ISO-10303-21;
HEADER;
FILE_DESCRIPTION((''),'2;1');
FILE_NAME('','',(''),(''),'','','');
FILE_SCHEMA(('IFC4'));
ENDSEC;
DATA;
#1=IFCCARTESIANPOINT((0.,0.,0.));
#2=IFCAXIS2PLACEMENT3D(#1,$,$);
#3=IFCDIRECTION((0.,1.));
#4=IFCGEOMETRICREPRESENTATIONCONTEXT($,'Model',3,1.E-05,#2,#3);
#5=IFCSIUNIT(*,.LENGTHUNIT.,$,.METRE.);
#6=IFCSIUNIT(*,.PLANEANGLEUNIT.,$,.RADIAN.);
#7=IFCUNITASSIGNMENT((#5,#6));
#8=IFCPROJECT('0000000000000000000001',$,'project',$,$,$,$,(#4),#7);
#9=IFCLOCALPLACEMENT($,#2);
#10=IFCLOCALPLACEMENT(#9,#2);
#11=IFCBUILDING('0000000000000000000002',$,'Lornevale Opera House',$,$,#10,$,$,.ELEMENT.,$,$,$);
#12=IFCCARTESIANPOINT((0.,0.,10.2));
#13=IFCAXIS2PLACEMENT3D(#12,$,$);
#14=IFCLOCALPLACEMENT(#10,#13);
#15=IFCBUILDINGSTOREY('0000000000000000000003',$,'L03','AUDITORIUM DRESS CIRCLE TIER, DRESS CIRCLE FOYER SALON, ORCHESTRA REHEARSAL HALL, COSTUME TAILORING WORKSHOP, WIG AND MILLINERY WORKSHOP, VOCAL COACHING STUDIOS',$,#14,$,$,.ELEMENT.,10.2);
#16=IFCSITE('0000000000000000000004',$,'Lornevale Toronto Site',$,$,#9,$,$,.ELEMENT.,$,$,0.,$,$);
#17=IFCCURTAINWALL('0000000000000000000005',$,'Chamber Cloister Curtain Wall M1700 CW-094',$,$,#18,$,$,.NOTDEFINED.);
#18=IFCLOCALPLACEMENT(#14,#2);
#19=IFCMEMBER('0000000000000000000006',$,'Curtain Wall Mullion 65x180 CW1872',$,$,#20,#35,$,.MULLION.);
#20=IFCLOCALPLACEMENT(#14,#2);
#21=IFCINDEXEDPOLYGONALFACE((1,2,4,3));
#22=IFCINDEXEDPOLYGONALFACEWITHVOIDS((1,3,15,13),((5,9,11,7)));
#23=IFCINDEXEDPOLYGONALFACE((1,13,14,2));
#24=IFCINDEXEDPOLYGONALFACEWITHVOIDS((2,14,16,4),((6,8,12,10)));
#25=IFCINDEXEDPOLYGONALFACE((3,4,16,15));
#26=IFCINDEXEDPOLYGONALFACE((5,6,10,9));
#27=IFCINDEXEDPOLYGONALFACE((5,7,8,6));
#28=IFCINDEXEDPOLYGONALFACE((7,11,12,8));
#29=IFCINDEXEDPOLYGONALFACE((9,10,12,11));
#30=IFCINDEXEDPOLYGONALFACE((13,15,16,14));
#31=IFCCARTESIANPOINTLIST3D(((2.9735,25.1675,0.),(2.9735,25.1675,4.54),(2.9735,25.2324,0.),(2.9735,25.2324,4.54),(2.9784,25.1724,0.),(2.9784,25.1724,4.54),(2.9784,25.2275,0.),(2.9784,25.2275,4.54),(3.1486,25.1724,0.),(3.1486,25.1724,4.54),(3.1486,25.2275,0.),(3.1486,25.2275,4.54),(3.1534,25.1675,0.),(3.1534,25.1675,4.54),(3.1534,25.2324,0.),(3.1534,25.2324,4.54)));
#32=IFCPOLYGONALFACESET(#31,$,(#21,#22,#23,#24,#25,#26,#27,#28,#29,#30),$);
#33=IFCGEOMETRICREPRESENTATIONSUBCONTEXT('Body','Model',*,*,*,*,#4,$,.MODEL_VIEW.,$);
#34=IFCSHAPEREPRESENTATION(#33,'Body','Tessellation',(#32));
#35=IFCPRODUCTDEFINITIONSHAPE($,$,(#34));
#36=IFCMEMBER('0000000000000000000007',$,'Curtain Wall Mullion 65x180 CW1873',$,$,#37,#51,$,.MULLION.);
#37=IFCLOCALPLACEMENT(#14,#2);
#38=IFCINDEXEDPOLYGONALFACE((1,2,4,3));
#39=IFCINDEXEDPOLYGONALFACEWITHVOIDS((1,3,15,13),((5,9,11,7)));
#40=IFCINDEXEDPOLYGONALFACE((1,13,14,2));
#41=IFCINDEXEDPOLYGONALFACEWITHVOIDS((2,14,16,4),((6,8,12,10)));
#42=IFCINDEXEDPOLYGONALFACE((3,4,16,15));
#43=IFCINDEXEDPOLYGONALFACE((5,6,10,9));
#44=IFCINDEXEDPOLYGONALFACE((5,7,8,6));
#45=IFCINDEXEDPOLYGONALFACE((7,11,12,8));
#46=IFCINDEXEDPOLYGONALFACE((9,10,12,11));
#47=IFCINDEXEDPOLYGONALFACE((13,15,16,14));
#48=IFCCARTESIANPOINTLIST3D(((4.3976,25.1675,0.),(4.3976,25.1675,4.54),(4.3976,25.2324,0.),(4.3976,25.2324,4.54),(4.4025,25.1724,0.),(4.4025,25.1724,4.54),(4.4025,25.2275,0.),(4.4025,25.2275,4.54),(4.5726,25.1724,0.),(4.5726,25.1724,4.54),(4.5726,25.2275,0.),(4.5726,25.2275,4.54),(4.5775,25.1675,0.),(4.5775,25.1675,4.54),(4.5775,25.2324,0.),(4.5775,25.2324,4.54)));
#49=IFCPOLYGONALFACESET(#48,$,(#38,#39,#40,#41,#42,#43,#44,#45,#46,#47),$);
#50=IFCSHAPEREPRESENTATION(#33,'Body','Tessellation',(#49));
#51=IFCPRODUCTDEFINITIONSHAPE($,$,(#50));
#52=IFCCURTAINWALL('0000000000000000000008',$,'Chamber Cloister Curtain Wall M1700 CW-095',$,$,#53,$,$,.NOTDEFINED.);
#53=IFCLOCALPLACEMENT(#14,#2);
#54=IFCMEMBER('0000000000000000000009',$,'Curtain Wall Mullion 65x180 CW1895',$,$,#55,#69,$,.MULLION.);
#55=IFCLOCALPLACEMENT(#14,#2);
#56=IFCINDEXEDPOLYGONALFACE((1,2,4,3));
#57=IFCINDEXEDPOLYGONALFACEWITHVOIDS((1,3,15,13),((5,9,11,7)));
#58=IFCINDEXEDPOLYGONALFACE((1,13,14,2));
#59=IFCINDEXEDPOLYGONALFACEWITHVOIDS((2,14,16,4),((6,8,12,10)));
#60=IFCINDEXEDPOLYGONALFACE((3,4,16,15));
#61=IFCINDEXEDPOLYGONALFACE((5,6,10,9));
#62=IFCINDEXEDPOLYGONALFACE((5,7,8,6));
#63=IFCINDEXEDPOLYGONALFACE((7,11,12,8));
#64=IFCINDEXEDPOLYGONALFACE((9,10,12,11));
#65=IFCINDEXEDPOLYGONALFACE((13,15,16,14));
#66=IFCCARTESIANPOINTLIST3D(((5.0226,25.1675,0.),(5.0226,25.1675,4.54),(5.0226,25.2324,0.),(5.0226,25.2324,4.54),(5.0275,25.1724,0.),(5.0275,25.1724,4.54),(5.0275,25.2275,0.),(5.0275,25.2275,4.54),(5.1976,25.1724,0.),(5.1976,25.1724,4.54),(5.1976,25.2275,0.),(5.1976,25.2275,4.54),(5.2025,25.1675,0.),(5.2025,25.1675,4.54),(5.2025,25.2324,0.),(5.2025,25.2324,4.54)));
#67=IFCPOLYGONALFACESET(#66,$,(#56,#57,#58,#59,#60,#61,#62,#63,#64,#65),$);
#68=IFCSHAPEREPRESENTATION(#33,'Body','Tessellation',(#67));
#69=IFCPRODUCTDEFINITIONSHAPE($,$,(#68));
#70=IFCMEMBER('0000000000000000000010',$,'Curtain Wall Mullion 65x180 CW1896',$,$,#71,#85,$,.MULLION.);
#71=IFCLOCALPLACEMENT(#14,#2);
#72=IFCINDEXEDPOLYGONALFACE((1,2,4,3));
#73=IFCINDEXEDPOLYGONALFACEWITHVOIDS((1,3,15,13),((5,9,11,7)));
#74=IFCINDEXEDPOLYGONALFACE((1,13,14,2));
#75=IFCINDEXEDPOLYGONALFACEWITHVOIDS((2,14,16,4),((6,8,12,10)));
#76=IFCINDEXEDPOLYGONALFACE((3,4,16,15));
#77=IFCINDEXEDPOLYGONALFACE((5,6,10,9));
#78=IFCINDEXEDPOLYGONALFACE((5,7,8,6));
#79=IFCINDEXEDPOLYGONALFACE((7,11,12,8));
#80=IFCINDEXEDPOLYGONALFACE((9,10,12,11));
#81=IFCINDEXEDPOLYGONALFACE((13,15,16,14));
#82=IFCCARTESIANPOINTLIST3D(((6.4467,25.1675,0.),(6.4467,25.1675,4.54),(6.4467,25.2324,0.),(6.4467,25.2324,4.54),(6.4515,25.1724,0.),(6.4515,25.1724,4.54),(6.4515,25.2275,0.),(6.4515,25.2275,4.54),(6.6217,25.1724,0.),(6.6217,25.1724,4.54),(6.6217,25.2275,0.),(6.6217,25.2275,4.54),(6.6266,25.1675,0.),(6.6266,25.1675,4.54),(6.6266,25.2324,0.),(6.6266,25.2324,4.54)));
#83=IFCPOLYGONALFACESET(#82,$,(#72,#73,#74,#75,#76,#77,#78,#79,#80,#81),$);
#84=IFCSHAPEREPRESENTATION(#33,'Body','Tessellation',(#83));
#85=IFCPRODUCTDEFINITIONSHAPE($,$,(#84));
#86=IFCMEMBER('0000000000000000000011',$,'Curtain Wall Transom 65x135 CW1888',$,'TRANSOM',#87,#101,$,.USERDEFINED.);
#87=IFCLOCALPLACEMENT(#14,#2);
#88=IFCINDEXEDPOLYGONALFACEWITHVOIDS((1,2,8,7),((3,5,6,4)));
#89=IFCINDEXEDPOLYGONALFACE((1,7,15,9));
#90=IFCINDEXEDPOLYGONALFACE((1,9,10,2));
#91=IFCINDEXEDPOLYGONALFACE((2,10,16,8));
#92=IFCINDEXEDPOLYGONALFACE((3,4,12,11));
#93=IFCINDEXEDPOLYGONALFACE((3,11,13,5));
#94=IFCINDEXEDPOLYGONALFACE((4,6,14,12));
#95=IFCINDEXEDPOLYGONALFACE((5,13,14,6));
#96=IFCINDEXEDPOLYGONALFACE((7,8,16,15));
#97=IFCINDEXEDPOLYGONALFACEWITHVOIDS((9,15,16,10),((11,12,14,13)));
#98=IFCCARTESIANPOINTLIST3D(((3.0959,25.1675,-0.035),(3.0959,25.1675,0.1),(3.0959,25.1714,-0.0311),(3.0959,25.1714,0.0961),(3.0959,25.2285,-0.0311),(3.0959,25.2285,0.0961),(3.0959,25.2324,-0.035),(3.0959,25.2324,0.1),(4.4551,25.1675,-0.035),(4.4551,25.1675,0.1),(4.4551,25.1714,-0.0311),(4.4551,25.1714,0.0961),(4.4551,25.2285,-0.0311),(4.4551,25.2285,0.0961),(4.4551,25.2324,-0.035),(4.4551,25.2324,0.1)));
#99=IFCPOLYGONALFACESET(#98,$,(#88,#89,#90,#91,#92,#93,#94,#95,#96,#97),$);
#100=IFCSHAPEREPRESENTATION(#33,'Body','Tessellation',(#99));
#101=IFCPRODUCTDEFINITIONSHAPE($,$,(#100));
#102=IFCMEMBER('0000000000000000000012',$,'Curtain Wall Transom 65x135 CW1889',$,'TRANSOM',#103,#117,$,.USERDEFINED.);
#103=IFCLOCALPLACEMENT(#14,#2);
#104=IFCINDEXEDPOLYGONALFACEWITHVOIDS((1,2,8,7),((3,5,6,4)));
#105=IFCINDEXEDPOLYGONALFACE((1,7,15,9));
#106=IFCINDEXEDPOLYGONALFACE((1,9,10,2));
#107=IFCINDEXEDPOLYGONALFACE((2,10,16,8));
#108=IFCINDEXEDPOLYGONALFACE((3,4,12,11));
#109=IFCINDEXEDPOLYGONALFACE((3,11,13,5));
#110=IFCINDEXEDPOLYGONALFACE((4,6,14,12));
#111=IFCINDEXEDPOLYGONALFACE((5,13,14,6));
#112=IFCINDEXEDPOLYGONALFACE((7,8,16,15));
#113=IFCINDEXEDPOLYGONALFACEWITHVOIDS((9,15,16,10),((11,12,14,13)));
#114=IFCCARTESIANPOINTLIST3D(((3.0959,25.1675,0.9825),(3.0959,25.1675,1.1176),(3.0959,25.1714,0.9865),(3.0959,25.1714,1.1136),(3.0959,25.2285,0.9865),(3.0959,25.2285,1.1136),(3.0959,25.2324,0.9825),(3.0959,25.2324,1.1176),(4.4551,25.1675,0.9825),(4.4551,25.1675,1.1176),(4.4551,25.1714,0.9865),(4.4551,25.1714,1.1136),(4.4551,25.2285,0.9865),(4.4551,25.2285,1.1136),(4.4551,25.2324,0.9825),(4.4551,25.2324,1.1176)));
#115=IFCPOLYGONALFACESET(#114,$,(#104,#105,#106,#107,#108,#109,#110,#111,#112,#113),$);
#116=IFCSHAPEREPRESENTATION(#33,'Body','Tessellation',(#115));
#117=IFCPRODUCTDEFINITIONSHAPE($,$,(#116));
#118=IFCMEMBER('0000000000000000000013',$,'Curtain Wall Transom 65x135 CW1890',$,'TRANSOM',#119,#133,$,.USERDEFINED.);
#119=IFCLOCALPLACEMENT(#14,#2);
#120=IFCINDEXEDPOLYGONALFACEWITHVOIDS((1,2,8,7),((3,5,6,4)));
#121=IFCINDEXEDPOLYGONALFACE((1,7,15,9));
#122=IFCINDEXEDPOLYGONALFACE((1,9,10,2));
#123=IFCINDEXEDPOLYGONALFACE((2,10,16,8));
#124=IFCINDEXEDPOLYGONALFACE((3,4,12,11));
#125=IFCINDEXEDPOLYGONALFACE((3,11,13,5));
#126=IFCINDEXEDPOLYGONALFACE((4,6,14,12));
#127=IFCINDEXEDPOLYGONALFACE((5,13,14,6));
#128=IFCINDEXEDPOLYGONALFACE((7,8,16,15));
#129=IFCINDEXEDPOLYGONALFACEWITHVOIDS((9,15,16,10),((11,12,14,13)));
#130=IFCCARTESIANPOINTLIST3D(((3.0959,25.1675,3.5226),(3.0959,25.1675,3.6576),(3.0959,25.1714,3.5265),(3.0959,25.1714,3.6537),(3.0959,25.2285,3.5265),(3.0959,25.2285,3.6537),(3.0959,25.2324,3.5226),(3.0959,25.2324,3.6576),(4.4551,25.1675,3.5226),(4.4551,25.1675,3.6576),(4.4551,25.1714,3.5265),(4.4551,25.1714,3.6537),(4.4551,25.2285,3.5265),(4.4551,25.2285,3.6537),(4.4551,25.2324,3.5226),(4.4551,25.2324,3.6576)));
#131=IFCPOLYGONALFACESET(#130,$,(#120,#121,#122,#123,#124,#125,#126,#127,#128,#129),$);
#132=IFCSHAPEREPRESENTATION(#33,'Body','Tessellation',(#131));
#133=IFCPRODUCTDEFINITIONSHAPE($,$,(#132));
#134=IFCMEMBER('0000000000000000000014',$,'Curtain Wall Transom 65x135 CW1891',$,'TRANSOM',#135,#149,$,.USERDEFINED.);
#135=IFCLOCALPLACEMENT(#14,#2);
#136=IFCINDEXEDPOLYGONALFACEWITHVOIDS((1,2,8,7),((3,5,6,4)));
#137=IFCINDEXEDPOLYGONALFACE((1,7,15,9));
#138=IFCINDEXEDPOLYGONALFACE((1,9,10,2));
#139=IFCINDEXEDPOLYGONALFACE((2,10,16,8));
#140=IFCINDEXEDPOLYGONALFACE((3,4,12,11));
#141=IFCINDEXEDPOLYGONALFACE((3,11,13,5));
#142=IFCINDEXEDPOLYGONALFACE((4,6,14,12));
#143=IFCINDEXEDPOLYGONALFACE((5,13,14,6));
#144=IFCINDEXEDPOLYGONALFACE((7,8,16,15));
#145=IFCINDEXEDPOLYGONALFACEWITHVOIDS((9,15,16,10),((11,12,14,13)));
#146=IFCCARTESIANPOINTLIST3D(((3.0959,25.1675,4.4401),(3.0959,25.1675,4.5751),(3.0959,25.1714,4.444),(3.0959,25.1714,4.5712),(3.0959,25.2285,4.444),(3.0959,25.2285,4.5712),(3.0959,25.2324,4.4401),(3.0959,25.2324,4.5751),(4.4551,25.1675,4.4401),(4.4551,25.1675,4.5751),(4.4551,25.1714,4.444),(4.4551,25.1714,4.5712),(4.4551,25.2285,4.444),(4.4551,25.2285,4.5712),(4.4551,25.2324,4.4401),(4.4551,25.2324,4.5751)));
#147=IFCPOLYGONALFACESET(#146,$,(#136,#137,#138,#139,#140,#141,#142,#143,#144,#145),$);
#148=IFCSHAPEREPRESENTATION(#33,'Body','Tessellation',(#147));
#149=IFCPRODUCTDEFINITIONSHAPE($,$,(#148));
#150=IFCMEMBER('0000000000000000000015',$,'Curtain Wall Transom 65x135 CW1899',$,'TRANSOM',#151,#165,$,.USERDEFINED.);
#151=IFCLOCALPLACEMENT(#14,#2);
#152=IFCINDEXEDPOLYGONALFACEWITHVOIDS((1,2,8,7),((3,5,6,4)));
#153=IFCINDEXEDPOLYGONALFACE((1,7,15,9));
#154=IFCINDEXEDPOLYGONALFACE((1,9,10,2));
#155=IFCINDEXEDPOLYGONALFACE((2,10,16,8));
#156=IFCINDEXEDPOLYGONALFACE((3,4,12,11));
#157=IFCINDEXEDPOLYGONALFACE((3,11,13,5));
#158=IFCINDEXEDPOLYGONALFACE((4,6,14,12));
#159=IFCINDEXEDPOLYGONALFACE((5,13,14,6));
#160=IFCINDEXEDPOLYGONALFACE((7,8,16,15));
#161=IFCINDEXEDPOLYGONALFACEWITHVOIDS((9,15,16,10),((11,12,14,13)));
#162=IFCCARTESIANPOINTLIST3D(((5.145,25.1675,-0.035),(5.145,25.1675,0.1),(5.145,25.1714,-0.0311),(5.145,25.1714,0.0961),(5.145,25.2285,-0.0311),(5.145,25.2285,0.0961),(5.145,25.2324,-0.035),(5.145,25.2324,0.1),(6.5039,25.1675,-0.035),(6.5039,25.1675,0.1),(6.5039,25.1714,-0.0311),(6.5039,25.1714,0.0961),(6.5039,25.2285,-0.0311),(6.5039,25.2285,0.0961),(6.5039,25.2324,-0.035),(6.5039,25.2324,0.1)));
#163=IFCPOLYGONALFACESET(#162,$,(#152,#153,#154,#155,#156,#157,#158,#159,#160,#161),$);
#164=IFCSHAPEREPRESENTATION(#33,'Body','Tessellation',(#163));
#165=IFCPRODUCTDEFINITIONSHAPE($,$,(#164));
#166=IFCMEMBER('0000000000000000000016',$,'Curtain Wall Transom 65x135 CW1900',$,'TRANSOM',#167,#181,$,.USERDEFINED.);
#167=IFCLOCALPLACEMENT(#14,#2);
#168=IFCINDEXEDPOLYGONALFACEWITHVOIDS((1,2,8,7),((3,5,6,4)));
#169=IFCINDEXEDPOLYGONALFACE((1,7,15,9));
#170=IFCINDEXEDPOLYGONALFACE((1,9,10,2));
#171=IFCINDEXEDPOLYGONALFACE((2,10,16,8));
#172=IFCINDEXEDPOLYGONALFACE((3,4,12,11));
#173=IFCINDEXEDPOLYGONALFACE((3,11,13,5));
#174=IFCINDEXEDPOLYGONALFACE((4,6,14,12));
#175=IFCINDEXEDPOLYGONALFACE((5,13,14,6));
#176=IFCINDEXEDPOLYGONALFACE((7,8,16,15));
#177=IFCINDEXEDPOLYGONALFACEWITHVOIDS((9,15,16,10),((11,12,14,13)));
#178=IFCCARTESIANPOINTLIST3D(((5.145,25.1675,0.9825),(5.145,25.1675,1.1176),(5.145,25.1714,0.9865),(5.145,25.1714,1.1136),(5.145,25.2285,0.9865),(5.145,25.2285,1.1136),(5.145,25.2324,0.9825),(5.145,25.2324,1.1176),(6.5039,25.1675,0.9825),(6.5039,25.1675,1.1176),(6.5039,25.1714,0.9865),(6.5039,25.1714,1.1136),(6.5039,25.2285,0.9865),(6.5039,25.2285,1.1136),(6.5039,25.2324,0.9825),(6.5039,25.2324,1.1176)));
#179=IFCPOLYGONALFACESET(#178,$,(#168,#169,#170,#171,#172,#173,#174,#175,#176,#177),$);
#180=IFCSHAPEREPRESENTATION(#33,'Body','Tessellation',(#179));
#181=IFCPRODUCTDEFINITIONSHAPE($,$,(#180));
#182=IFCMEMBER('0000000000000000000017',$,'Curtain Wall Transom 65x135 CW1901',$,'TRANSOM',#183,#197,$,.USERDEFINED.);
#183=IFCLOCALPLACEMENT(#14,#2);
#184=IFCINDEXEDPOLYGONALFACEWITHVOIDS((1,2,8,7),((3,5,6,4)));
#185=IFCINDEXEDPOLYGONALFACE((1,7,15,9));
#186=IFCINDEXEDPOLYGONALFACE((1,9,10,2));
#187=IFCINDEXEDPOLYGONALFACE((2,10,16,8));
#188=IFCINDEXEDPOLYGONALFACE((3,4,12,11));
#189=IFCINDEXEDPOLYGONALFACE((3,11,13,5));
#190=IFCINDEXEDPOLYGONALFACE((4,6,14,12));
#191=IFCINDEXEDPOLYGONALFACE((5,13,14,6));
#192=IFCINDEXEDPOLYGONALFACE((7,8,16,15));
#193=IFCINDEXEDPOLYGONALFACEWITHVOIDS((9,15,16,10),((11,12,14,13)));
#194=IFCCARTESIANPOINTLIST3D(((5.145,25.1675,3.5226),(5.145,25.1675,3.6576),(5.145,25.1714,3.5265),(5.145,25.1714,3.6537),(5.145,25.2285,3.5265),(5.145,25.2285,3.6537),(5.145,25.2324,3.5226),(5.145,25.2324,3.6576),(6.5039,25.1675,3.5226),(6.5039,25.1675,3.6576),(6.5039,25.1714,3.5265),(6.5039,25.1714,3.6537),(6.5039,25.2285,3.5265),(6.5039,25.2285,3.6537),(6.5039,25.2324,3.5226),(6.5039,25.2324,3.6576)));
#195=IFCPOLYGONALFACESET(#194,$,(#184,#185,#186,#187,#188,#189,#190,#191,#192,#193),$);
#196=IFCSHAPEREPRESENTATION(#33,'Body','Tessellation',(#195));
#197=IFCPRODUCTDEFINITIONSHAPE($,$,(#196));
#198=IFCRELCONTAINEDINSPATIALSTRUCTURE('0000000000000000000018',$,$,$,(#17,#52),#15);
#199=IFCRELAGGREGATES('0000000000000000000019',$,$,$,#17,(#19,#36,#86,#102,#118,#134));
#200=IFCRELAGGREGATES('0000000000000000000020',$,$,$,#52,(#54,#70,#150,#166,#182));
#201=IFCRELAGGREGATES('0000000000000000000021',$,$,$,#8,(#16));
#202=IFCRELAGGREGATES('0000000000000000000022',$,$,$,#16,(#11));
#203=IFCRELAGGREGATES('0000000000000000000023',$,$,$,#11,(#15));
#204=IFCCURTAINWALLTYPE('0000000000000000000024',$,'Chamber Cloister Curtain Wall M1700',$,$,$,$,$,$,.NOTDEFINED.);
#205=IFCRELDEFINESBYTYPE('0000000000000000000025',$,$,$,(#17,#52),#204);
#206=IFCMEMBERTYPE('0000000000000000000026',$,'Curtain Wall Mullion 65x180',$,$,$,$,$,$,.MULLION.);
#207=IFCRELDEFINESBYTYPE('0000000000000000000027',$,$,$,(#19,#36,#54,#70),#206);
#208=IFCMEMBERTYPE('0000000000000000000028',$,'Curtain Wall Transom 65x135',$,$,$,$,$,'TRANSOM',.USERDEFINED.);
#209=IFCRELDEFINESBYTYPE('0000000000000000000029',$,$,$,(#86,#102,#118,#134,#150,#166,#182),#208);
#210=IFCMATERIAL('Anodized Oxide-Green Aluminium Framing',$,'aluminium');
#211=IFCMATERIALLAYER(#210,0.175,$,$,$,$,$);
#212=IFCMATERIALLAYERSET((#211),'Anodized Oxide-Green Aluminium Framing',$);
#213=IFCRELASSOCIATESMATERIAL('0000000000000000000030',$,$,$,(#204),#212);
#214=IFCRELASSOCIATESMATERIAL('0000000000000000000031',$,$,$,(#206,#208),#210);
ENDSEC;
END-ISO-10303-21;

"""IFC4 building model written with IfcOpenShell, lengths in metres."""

from ifc_helpers import new_model, si_unit, direction, frame, origin, origin_2d, place, context, subcontext, project, spatial, hollow_rectangle, extrude, material, layer, layer_set, material_profile, profile_set, type_object, element, aggregate, save


model = new_model("IFC4")

# Units and contexts
model_context = context("Model", 3, precision=1e-05, world=origin(), true_north=direction((0.0, 1.0)))
body_context = subcontext(model_context, "Body", "Model", "MODEL_VIEW")
ifc_project = project(units=[si_unit("LENGTHUNIT", "METRE"), si_unit("PLANEANGLEUNIT", "RADIAN")], contexts=[model_context])

# Site, building, storey
site_placement = place(None, origin())
site = spatial("IfcSite", under=ifc_project, at=site_placement, Name="Lornevale Toronto Site", CompositionType="ELEMENT", RefElevation=0.0)
building_placement = place(site_placement, origin())
building = spatial("IfcBuilding", under=site, at=building_placement, Name="Lornevale Opera House", CompositionType="ELEMENT")
storey_placement = place(building_placement, frame((0.0, 0.0, 10.2)))
storey = spatial("IfcBuildingStorey", under=building, at=storey_placement, Name="L03", Description="AUDITORIUM DRESS CIRCLE TIER, DRESS CIRCLE FOYER SALON, ORCHESTRA REHEARSAL HALL, COSTUME TAILORING WORKSHOP, WIG AND MILLINERY WORKSHOP, VOCAL COACHING STUDIOS", CompositionType="ELEMENT", Elevation=10.2)

# Curtain walls, members
ifc_material_1 = material(Name="Anodized Oxide-Green Aluminium Framing", Category="aluminium")
ifc_layer_1 = layer(ifc_material_1, 0.175)
ifc_layer_set_1 = layer_set([ifc_layer_1], Name="Anodized Oxide-Green Aluminium Framing")
curtain_wall_type = type_object("IfcCurtainWallType", Name="Chamber Cloister Curtain Wall M1700", PredefinedType="NOTDEFINED", material=ifc_layer_set_1)
curtain_wall_1_placement = place(storey_placement, origin())
curtain_wall_1 = element("IfcCurtainWall", 1, at=curtain_wall_1_placement, inside=storey, type_object=curtain_wall_type, Name="Chamber Cloister Curtain Wall M1700 CW-094", PredefinedType="NOTDEFINED")
ifc_material_profile_1 = material_profile(ifc_material_1, hollow_rectangle(XDim=0.0649, YDim=0.1799, WallThickness=0.0049, at=origin_2d()), Name="ALU65x180x5")
ifc_profile_set_1 = profile_set([ifc_material_profile_1], Name="Anodized Oxide-Green Aluminium Framing")
member_type_1 = type_object("IfcMemberType", Name="Curtain Wall Mullion 65x180", PredefinedType="MULLION", material=ifc_profile_set_1)
member_1_placement = place(storey_placement, frame((3.0635, 25.2, 0.0), z_axis=(0.0, 0.0, 1.0), x_axis=(0.0, 1.0, 0.0)))
member_1 = element("IfcMember", 2, at=member_1_placement, type_object=member_type_1, Name="Curtain Wall Mullion 65x180 CW1872", PredefinedType="MULLION", context=body_context, shape_type="SweptSolid", body=[
    extrude(hollow_rectangle(XDim=0.0649, YDim=0.1799, WallThickness=0.0049, at=origin_2d()), origin(), (0.0, 0.0, 1.0), 4.54),
])
member_2_placement = place(storey_placement, frame((4.4875, 25.2, 0.0), z_axis=(0.0, 0.0, 1.0), x_axis=(0.0, 1.0, 0.0)))
member_2 = element("IfcMember", 3, at=member_2_placement, type_object=member_type_1, Name="Curtain Wall Mullion 65x180 CW1873", PredefinedType="MULLION", context=body_context, shape_type="SweptSolid", body=[
    extrude(hollow_rectangle(XDim=0.0649, YDim=0.1799, WallThickness=0.0049, at=origin_2d()), origin(), (0.0, 0.0, 1.0), 4.54),
])
curtain_wall_2_placement = place(storey_placement, origin())
curtain_wall_2 = element("IfcCurtainWall", 4, at=curtain_wall_2_placement, inside=storey, type_object=curtain_wall_type, Name="Chamber Cloister Curtain Wall M1700 CW-095", PredefinedType="NOTDEFINED")
member_3_placement = place(storey_placement, frame((5.1125, 25.2, 0.0), z_axis=(0.0, 0.0, 1.0), x_axis=(0.0, 1.0, 0.0)))
member_3 = element("IfcMember", 5, at=member_3_placement, type_object=member_type_1, Name="Curtain Wall Mullion 65x180 CW1895", PredefinedType="MULLION", context=body_context, shape_type="SweptSolid", body=[
    extrude(hollow_rectangle(XDim=0.0649, YDim=0.1799, WallThickness=0.0049, at=origin_2d()), origin(), (0.0, 0.0, 1.0), 4.54),
])
member_4_placement = place(storey_placement, frame((6.5366, 25.2, 0.0), z_axis=(0.0, 0.0, 1.0), x_axis=(0.0, 1.0, 0.0)))
member_4 = element("IfcMember", 6, at=member_4_placement, type_object=member_type_1, Name="Curtain Wall Mullion 65x180 CW1896", PredefinedType="MULLION", context=body_context, shape_type="SweptSolid", body=[
    extrude(hollow_rectangle(XDim=0.0649, YDim=0.1799, WallThickness=0.0049, at=origin_2d()), origin(), (0.0, 0.0, 1.0), 4.54),
])

# Members
ifc_material_profile_2 = material_profile(ifc_material_1, hollow_rectangle(XDim=0.0649, YDim=0.135, WallThickness=0.0039, at=origin_2d()), Name="ALU65x135x4")
ifc_profile_set_2 = profile_set([ifc_material_profile_2], Name="Anodized Oxide-Green Aluminium Framing")
member_type_2 = type_object("IfcMemberType", Name="Curtain Wall Transom 65x135", ElementType="TRANSOM", PredefinedType="USERDEFINED", material=ifc_profile_set_2)
member_5_placement = place(storey_placement, frame((3.0959, 25.2, 0.0325), z_axis=(1.0, 0.0, 0.0), x_axis=(0.0, 1.0, 0.0)))
member_5 = element("IfcMember", 7, at=member_5_placement, type_object=member_type_2, Name="Curtain Wall Transom 65x135 CW1888", ObjectType="TRANSOM", PredefinedType="USERDEFINED", context=body_context, shape_type="SweptSolid", body=[
    extrude(hollow_rectangle(XDim=0.0649, YDim=0.135, WallThickness=0.0039, at=origin_2d()), origin(), (0.0, 0.0, 1.0), 1.3591),
])
member_6_placement = place(storey_placement, frame((3.0959, 25.2, 1.05), z_axis=(1.0, 0.0, 0.0), x_axis=(0.0, 1.0, 0.0)))
member_6 = element("IfcMember", 8, at=member_6_placement, type_object=member_type_2, Name="Curtain Wall Transom 65x135 CW1889", ObjectType="TRANSOM", PredefinedType="USERDEFINED", context=body_context, shape_type="SweptSolid", body=[
    extrude(hollow_rectangle(XDim=0.0649, YDim=0.135, WallThickness=0.0039, at=origin_2d()), origin(), (0.0, 0.0, 1.0), 1.3591),
])
member_7_placement = place(storey_placement, frame((3.0959, 25.2, 3.5901), z_axis=(1.0, 0.0, 0.0), x_axis=(0.0, 1.0, 0.0)))
member_7 = element("IfcMember", 9, at=member_7_placement, type_object=member_type_2, Name="Curtain Wall Transom 65x135 CW1890", ObjectType="TRANSOM", PredefinedType="USERDEFINED", context=body_context, shape_type="SweptSolid", body=[
    extrude(hollow_rectangle(XDim=0.0649, YDim=0.135, WallThickness=0.0039, at=origin_2d()), origin(), (0.0, 0.0, 1.0), 1.3591),
])
member_8_placement = place(storey_placement, frame((3.0959, 25.2, 4.5076), z_axis=(1.0, 0.0, 0.0), x_axis=(0.0, 1.0, 0.0)))
member_8 = element("IfcMember", 10, at=member_8_placement, type_object=member_type_2, Name="Curtain Wall Transom 65x135 CW1891", ObjectType="TRANSOM", PredefinedType="USERDEFINED", context=body_context, shape_type="SweptSolid", body=[
    extrude(hollow_rectangle(XDim=0.0649, YDim=0.135, WallThickness=0.0039, at=origin_2d()), origin(), (0.0, 0.0, 1.0), 1.3591),
])
member_9_placement = place(storey_placement, frame((5.145, 25.2, 0.0325), z_axis=(1.0, 0.0, 0.0), x_axis=(0.0, 1.0, 0.0)))
member_9 = element("IfcMember", 11, at=member_9_placement, type_object=member_type_2, Name="Curtain Wall Transom 65x135 CW1899", ObjectType="TRANSOM", PredefinedType="USERDEFINED", context=body_context, shape_type="SweptSolid", body=[
    extrude(hollow_rectangle(XDim=0.0649, YDim=0.135, WallThickness=0.0039, at=origin_2d()), origin(), (0.0, 0.0, 1.0), 1.3589),
])
member_10_placement = place(storey_placement, frame((5.145, 25.2, 1.05), z_axis=(1.0, 0.0, 0.0), x_axis=(0.0, 1.0, 0.0)))
member_10 = element("IfcMember", 12, at=member_10_placement, type_object=member_type_2, Name="Curtain Wall Transom 65x135 CW1900", ObjectType="TRANSOM", PredefinedType="USERDEFINED", context=body_context, shape_type="SweptSolid", body=[
    extrude(hollow_rectangle(XDim=0.0649, YDim=0.135, WallThickness=0.0039, at=origin_2d()), origin(), (0.0, 0.0, 1.0), 1.3589),
])
member_11_placement = place(storey_placement, frame((5.145, 25.2, 3.5901), z_axis=(1.0, 0.0, 0.0), x_axis=(0.0, 1.0, 0.0)))
member_11 = element("IfcMember", 13, at=member_11_placement, type_object=member_type_2, Name="Curtain Wall Transom 65x135 CW1901", ObjectType="TRANSOM", PredefinedType="USERDEFINED", context=body_context, shape_type="SweptSolid", body=[
    extrude(hollow_rectangle(XDim=0.0649, YDim=0.135, WallThickness=0.0039, at=origin_2d()), origin(), (0.0, 0.0, 1.0), 1.3589),
])

aggregate(curtain_wall_1, [member_1, member_2, member_5, member_6, member_7, member_8])
aggregate(curtain_wall_2, [member_3, member_4, member_9, member_10, member_11])

save(model, "model.ifc")
